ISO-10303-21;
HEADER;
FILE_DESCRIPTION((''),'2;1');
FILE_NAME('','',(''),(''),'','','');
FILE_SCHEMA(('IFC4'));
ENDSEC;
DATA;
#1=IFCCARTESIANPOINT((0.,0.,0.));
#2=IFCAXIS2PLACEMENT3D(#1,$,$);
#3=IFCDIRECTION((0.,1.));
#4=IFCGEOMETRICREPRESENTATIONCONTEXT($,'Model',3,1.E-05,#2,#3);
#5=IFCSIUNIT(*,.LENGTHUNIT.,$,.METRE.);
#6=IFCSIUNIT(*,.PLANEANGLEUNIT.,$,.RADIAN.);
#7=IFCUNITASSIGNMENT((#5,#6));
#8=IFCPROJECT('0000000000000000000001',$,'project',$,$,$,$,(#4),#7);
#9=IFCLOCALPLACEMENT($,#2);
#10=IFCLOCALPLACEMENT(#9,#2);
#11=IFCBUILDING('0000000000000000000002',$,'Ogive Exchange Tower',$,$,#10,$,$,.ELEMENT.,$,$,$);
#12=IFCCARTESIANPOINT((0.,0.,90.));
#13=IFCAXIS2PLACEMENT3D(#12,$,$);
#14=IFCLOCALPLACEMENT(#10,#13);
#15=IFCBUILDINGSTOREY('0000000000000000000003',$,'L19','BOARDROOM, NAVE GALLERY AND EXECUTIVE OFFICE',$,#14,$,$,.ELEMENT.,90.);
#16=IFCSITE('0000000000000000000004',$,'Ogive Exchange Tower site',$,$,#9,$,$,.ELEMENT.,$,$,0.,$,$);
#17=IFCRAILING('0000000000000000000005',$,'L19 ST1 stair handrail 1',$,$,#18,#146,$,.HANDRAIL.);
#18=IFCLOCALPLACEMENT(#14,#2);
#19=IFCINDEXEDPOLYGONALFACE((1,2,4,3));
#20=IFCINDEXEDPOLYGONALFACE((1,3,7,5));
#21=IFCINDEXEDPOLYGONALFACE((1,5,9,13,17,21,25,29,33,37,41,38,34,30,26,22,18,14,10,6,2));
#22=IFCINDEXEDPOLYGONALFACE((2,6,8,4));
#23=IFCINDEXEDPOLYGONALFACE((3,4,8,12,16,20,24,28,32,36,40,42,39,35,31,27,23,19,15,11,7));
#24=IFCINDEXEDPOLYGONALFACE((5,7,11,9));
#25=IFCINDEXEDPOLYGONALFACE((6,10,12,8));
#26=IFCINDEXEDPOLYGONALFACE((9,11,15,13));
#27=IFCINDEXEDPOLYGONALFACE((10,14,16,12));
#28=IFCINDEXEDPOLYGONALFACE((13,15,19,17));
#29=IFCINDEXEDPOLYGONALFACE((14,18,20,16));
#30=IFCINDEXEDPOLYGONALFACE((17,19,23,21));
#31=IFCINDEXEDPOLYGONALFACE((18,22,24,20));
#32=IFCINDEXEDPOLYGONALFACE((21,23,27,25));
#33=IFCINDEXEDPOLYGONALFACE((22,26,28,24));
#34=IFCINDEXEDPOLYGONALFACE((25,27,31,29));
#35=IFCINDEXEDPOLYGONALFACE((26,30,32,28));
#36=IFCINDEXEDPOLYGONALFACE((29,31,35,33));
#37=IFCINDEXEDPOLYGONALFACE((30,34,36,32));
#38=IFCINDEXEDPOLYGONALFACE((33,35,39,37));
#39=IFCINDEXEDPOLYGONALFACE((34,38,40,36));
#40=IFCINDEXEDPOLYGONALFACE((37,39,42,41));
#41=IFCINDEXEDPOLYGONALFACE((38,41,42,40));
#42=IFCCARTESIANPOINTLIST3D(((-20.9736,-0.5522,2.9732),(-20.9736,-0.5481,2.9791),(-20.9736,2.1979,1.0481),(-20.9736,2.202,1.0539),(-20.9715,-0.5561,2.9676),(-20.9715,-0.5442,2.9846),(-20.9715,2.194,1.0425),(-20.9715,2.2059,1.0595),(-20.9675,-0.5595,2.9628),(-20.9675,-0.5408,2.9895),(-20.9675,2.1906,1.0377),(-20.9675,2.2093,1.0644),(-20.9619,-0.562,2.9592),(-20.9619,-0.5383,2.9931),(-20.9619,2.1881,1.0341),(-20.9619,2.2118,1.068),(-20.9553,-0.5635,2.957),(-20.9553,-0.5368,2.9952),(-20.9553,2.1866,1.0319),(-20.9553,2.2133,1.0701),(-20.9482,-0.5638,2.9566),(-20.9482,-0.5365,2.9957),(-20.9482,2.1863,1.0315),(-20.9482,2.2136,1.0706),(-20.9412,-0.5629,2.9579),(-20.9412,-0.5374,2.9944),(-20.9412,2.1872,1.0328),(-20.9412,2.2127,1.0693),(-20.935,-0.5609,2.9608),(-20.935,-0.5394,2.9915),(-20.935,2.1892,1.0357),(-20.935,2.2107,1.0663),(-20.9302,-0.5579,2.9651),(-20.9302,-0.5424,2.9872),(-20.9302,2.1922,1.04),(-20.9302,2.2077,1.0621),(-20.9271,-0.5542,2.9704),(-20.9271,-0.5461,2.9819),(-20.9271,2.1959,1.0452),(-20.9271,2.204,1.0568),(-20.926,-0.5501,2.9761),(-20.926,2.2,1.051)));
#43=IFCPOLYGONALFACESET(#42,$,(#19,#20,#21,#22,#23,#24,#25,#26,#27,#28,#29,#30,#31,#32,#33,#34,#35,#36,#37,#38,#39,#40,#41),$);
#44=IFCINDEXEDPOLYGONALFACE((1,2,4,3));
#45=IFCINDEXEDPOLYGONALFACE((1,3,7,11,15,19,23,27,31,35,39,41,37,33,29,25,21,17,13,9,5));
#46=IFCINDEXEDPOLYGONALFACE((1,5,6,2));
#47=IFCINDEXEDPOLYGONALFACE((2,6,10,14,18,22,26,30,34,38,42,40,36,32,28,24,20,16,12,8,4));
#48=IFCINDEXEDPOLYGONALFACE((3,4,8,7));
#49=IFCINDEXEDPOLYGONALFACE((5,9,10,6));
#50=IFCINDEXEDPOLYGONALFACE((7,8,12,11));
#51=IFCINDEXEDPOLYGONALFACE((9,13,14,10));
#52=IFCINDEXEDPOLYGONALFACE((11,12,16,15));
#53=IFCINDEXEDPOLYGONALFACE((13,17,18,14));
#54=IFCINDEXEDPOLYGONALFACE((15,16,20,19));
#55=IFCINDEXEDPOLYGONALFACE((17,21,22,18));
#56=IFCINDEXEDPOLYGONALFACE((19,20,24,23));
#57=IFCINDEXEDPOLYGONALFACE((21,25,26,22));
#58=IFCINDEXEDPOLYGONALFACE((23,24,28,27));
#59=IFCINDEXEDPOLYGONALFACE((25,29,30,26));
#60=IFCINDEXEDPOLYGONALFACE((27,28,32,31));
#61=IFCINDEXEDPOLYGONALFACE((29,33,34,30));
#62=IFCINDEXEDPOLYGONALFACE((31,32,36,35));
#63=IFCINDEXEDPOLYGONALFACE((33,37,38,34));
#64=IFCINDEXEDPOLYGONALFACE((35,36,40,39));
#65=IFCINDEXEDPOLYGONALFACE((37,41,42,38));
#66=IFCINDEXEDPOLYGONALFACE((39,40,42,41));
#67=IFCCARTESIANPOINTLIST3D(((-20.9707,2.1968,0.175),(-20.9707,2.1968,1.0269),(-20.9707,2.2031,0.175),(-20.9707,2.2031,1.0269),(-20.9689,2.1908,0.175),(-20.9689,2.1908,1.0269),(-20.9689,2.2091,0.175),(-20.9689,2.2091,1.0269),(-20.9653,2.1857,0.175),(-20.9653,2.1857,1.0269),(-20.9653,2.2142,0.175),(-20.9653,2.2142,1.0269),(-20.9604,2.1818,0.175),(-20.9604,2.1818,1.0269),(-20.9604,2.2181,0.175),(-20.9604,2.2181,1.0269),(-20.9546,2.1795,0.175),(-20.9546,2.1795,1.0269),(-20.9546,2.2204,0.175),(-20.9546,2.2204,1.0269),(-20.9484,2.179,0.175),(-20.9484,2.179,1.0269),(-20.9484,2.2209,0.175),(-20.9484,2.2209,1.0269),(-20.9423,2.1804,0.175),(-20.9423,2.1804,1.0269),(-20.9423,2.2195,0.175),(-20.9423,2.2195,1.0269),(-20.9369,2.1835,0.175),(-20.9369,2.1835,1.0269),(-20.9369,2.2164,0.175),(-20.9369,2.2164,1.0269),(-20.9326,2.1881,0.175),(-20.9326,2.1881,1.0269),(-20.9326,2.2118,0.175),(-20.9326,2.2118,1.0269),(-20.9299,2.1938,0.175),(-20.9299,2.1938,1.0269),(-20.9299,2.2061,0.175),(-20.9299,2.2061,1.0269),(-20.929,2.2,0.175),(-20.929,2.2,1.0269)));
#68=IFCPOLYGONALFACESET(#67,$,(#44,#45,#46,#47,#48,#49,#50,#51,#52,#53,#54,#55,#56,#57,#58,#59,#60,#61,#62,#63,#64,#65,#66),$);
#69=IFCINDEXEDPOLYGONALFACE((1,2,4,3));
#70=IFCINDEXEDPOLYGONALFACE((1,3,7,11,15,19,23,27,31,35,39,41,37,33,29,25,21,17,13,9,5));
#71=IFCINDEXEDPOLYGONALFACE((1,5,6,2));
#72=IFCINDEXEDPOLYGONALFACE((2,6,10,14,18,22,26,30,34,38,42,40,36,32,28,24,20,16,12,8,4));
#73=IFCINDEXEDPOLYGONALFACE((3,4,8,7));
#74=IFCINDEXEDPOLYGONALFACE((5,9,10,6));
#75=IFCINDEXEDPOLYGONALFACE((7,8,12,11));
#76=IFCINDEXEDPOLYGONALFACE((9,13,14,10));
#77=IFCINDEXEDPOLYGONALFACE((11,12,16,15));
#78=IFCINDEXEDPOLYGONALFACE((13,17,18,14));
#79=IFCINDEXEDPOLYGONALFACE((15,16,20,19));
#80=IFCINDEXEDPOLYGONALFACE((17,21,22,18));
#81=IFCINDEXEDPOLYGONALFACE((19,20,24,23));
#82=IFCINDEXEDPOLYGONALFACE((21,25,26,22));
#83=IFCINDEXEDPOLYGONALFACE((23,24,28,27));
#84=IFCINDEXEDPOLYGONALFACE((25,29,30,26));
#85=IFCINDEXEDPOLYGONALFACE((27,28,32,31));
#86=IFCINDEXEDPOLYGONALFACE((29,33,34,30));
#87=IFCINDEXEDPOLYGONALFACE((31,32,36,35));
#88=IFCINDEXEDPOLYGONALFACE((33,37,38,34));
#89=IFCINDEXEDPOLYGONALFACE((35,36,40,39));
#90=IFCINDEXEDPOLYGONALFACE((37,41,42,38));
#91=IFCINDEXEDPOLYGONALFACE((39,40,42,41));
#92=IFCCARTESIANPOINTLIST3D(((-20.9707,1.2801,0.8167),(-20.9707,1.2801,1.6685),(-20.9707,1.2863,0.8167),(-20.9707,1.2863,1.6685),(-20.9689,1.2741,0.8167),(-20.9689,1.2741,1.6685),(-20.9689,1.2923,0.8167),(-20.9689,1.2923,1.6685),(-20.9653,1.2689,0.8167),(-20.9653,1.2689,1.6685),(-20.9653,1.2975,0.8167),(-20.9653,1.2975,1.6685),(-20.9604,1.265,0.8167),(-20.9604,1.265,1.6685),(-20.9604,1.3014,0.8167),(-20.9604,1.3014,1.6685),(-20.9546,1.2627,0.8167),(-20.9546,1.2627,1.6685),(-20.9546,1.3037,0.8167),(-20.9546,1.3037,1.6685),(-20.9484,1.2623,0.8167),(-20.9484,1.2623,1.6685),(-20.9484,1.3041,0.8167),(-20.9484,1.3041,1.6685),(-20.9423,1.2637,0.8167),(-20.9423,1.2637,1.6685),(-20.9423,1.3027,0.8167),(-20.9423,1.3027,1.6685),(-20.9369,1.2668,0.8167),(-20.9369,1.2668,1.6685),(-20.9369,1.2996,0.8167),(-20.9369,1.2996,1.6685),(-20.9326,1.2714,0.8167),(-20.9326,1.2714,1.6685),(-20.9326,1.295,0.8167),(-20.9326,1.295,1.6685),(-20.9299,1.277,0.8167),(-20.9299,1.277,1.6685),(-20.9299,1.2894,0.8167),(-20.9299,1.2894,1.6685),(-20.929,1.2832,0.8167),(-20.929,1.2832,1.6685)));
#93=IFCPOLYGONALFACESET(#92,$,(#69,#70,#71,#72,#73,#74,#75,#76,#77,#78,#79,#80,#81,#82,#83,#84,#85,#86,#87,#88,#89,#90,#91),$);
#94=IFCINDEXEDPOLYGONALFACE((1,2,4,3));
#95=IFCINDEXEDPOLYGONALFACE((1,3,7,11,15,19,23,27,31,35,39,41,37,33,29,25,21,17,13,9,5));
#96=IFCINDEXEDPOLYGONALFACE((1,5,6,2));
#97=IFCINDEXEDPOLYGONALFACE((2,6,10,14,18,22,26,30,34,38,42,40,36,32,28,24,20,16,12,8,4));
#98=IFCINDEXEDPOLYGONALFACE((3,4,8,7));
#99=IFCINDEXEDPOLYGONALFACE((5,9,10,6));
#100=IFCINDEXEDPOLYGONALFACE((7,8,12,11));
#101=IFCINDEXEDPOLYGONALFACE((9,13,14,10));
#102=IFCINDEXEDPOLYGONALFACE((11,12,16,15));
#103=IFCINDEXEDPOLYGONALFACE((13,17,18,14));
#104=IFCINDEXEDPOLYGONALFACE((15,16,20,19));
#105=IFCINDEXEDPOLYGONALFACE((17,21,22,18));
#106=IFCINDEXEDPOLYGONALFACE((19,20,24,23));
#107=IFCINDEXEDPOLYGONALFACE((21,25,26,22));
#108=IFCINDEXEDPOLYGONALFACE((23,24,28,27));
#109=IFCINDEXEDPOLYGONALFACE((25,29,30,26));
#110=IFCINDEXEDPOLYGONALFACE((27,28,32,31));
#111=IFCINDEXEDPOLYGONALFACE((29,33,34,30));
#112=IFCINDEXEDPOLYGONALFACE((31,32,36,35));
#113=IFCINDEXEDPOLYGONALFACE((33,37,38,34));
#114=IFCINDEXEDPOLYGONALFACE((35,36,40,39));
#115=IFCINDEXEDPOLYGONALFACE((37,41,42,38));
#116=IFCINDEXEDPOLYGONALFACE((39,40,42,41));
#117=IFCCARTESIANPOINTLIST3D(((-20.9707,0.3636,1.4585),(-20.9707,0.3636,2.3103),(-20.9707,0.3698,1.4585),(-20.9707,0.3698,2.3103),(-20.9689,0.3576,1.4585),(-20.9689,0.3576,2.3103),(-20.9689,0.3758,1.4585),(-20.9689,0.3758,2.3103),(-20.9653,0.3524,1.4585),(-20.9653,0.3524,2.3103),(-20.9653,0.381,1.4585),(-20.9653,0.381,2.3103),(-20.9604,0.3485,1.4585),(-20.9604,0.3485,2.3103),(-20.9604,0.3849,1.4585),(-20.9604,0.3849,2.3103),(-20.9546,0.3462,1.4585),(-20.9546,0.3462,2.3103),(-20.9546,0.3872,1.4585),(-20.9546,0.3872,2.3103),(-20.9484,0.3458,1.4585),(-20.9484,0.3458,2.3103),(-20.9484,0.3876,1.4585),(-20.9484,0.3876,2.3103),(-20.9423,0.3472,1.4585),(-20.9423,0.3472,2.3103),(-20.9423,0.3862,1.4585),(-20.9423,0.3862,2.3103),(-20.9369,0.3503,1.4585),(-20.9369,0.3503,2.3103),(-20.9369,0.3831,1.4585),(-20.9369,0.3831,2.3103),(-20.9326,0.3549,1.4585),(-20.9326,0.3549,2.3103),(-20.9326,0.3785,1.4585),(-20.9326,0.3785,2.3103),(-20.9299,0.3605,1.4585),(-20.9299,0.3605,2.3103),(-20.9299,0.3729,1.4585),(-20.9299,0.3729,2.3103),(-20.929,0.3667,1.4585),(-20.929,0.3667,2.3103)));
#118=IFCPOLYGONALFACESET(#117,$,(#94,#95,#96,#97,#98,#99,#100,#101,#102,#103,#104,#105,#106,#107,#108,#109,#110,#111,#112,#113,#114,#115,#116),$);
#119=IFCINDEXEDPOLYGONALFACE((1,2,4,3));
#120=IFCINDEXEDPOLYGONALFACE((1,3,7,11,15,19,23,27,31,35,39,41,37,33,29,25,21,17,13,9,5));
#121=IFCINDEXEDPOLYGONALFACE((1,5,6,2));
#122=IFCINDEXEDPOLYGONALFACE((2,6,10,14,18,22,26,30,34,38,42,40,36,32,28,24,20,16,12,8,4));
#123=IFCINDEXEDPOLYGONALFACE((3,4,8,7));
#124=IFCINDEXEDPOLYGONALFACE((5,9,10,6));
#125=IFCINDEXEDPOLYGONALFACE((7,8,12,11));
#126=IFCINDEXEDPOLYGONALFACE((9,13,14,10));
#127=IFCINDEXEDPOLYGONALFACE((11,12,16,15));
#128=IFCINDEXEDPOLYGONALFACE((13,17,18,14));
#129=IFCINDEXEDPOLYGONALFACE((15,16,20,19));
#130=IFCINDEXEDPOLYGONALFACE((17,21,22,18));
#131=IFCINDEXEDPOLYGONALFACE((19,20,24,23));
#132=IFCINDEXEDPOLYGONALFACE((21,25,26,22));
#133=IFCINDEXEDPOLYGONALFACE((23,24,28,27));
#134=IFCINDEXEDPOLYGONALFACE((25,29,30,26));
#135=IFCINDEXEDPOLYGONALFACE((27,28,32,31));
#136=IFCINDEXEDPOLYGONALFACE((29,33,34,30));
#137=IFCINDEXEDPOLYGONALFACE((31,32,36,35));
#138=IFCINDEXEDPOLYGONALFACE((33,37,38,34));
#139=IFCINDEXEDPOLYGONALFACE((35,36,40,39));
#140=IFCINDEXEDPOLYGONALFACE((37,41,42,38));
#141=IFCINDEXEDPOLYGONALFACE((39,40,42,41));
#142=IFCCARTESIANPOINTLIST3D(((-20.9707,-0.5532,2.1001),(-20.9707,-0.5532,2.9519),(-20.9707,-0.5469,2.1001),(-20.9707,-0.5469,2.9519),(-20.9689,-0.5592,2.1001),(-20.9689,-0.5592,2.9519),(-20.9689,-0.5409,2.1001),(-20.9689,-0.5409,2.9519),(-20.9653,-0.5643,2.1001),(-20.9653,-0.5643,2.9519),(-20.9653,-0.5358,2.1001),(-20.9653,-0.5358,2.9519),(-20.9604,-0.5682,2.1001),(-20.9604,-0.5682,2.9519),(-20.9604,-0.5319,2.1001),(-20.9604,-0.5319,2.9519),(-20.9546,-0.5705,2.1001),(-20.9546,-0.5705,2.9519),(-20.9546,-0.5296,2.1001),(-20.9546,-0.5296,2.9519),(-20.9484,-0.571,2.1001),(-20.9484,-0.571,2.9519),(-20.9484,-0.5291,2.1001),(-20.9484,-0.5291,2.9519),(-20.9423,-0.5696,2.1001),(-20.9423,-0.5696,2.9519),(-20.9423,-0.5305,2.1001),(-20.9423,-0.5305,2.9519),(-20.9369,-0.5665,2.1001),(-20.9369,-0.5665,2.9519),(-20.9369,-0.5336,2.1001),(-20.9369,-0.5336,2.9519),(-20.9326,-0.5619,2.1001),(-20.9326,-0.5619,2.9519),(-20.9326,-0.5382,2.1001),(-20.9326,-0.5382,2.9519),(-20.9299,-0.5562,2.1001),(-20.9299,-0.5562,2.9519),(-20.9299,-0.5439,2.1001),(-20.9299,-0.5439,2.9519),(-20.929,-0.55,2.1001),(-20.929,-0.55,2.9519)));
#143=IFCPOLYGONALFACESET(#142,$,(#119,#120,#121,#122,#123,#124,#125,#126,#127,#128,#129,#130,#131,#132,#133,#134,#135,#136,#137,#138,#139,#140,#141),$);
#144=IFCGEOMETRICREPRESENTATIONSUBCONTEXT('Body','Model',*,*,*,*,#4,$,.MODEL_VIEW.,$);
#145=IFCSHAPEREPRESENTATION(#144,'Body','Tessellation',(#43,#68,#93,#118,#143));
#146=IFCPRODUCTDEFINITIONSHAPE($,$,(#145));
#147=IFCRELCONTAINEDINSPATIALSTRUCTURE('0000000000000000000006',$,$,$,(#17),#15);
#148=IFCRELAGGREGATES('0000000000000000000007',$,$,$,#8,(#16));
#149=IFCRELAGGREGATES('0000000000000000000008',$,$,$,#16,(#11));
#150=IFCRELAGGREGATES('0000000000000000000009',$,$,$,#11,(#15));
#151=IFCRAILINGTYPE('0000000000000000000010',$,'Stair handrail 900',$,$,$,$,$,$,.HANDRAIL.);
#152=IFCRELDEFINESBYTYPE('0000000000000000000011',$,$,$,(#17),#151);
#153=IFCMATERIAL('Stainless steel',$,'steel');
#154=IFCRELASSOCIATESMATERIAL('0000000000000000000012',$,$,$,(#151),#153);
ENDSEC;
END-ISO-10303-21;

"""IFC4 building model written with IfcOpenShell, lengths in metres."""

from ifc_helpers import new_model, si_unit, direction, frame, origin, origin_2d, place, context, subcontext, project, spatial, circle, extrude, material, type_object, element, save


model = new_model("IFC4")

# Units and contexts
model_context = context("Model", 3, precision=1e-05, world=origin(), true_north=direction((0.0, 1.0)))
body_context = subcontext(model_context, "Body", "Model", "MODEL_VIEW")
ifc_project = project(units=[si_unit("LENGTHUNIT", "METRE"), si_unit("PLANEANGLEUNIT", "RADIAN")], contexts=[model_context])

# Site, building, storey
site_placement = place(None, origin())
site = spatial("IfcSite", under=ifc_project, at=site_placement, Name="Ogive Exchange Tower site", CompositionType="ELEMENT", RefElevation=0.0)
building_placement = place(site_placement, origin())
building = spatial("IfcBuilding", under=site, at=building_placement, Name="Ogive Exchange Tower", CompositionType="ELEMENT")
storey_placement = place(building_placement, frame((0.0, 0.0, 90.0)))
storey = spatial("IfcBuildingStorey", under=building, at=storey_placement, Name="L19", Description="BOARDROOM, NAVE GALLERY AND EXECUTIVE OFFICE", CompositionType="ELEMENT", Elevation=90.0)

# Shared definitions
ifc_material_1 = material(Name="Stainless steel", Category="steel")

# Railing
railing_type = type_object("IfcRailingType", Name="Stair handrail 900", PredefinedType="HANDRAIL", material=ifc_material_1)
railing_placement = place(storey_placement, frame((-20.95, 2.2, 0.175)))
element("IfcRailing", 1, at=railing_placement, inside=storey, type_object=railing_type, Name="L19 ST1 stair handrail 1", PredefinedType="HANDRAIL", context=body_context, shape_type="SweptSolid", body=[
    extrude(circle(Radius=0.0239, at=origin_2d()), frame((0.0, 0.0, 0.876), z_axis=(0.0, -0.819225, 0.573472), x_axis=(1.0, 0.0, 0.0)), (0.0, 0.0, 1.0), 3.3569),
    extrude(circle(Radius=0.021, at=origin_2d()), origin(), (0.0, 0.0, 1.0), 0.8518),
    extrude(circle(Radius=0.021, at=origin_2d()), frame((0.0, -0.9167, 0.6416)), (0.0, 0.0, 1.0), 0.8518),
    extrude(circle(Radius=0.021, at=origin_2d()), frame((0.0, -1.8333, 1.2834)), (0.0, 0.0, 1.0), 0.8518),
    extrude(circle(Radius=0.021, at=origin_2d()), frame((0.0, -2.75, 1.925)), (0.0, 0.0, 1.0), 0.8518),
])

save(model, "model.ifc")
